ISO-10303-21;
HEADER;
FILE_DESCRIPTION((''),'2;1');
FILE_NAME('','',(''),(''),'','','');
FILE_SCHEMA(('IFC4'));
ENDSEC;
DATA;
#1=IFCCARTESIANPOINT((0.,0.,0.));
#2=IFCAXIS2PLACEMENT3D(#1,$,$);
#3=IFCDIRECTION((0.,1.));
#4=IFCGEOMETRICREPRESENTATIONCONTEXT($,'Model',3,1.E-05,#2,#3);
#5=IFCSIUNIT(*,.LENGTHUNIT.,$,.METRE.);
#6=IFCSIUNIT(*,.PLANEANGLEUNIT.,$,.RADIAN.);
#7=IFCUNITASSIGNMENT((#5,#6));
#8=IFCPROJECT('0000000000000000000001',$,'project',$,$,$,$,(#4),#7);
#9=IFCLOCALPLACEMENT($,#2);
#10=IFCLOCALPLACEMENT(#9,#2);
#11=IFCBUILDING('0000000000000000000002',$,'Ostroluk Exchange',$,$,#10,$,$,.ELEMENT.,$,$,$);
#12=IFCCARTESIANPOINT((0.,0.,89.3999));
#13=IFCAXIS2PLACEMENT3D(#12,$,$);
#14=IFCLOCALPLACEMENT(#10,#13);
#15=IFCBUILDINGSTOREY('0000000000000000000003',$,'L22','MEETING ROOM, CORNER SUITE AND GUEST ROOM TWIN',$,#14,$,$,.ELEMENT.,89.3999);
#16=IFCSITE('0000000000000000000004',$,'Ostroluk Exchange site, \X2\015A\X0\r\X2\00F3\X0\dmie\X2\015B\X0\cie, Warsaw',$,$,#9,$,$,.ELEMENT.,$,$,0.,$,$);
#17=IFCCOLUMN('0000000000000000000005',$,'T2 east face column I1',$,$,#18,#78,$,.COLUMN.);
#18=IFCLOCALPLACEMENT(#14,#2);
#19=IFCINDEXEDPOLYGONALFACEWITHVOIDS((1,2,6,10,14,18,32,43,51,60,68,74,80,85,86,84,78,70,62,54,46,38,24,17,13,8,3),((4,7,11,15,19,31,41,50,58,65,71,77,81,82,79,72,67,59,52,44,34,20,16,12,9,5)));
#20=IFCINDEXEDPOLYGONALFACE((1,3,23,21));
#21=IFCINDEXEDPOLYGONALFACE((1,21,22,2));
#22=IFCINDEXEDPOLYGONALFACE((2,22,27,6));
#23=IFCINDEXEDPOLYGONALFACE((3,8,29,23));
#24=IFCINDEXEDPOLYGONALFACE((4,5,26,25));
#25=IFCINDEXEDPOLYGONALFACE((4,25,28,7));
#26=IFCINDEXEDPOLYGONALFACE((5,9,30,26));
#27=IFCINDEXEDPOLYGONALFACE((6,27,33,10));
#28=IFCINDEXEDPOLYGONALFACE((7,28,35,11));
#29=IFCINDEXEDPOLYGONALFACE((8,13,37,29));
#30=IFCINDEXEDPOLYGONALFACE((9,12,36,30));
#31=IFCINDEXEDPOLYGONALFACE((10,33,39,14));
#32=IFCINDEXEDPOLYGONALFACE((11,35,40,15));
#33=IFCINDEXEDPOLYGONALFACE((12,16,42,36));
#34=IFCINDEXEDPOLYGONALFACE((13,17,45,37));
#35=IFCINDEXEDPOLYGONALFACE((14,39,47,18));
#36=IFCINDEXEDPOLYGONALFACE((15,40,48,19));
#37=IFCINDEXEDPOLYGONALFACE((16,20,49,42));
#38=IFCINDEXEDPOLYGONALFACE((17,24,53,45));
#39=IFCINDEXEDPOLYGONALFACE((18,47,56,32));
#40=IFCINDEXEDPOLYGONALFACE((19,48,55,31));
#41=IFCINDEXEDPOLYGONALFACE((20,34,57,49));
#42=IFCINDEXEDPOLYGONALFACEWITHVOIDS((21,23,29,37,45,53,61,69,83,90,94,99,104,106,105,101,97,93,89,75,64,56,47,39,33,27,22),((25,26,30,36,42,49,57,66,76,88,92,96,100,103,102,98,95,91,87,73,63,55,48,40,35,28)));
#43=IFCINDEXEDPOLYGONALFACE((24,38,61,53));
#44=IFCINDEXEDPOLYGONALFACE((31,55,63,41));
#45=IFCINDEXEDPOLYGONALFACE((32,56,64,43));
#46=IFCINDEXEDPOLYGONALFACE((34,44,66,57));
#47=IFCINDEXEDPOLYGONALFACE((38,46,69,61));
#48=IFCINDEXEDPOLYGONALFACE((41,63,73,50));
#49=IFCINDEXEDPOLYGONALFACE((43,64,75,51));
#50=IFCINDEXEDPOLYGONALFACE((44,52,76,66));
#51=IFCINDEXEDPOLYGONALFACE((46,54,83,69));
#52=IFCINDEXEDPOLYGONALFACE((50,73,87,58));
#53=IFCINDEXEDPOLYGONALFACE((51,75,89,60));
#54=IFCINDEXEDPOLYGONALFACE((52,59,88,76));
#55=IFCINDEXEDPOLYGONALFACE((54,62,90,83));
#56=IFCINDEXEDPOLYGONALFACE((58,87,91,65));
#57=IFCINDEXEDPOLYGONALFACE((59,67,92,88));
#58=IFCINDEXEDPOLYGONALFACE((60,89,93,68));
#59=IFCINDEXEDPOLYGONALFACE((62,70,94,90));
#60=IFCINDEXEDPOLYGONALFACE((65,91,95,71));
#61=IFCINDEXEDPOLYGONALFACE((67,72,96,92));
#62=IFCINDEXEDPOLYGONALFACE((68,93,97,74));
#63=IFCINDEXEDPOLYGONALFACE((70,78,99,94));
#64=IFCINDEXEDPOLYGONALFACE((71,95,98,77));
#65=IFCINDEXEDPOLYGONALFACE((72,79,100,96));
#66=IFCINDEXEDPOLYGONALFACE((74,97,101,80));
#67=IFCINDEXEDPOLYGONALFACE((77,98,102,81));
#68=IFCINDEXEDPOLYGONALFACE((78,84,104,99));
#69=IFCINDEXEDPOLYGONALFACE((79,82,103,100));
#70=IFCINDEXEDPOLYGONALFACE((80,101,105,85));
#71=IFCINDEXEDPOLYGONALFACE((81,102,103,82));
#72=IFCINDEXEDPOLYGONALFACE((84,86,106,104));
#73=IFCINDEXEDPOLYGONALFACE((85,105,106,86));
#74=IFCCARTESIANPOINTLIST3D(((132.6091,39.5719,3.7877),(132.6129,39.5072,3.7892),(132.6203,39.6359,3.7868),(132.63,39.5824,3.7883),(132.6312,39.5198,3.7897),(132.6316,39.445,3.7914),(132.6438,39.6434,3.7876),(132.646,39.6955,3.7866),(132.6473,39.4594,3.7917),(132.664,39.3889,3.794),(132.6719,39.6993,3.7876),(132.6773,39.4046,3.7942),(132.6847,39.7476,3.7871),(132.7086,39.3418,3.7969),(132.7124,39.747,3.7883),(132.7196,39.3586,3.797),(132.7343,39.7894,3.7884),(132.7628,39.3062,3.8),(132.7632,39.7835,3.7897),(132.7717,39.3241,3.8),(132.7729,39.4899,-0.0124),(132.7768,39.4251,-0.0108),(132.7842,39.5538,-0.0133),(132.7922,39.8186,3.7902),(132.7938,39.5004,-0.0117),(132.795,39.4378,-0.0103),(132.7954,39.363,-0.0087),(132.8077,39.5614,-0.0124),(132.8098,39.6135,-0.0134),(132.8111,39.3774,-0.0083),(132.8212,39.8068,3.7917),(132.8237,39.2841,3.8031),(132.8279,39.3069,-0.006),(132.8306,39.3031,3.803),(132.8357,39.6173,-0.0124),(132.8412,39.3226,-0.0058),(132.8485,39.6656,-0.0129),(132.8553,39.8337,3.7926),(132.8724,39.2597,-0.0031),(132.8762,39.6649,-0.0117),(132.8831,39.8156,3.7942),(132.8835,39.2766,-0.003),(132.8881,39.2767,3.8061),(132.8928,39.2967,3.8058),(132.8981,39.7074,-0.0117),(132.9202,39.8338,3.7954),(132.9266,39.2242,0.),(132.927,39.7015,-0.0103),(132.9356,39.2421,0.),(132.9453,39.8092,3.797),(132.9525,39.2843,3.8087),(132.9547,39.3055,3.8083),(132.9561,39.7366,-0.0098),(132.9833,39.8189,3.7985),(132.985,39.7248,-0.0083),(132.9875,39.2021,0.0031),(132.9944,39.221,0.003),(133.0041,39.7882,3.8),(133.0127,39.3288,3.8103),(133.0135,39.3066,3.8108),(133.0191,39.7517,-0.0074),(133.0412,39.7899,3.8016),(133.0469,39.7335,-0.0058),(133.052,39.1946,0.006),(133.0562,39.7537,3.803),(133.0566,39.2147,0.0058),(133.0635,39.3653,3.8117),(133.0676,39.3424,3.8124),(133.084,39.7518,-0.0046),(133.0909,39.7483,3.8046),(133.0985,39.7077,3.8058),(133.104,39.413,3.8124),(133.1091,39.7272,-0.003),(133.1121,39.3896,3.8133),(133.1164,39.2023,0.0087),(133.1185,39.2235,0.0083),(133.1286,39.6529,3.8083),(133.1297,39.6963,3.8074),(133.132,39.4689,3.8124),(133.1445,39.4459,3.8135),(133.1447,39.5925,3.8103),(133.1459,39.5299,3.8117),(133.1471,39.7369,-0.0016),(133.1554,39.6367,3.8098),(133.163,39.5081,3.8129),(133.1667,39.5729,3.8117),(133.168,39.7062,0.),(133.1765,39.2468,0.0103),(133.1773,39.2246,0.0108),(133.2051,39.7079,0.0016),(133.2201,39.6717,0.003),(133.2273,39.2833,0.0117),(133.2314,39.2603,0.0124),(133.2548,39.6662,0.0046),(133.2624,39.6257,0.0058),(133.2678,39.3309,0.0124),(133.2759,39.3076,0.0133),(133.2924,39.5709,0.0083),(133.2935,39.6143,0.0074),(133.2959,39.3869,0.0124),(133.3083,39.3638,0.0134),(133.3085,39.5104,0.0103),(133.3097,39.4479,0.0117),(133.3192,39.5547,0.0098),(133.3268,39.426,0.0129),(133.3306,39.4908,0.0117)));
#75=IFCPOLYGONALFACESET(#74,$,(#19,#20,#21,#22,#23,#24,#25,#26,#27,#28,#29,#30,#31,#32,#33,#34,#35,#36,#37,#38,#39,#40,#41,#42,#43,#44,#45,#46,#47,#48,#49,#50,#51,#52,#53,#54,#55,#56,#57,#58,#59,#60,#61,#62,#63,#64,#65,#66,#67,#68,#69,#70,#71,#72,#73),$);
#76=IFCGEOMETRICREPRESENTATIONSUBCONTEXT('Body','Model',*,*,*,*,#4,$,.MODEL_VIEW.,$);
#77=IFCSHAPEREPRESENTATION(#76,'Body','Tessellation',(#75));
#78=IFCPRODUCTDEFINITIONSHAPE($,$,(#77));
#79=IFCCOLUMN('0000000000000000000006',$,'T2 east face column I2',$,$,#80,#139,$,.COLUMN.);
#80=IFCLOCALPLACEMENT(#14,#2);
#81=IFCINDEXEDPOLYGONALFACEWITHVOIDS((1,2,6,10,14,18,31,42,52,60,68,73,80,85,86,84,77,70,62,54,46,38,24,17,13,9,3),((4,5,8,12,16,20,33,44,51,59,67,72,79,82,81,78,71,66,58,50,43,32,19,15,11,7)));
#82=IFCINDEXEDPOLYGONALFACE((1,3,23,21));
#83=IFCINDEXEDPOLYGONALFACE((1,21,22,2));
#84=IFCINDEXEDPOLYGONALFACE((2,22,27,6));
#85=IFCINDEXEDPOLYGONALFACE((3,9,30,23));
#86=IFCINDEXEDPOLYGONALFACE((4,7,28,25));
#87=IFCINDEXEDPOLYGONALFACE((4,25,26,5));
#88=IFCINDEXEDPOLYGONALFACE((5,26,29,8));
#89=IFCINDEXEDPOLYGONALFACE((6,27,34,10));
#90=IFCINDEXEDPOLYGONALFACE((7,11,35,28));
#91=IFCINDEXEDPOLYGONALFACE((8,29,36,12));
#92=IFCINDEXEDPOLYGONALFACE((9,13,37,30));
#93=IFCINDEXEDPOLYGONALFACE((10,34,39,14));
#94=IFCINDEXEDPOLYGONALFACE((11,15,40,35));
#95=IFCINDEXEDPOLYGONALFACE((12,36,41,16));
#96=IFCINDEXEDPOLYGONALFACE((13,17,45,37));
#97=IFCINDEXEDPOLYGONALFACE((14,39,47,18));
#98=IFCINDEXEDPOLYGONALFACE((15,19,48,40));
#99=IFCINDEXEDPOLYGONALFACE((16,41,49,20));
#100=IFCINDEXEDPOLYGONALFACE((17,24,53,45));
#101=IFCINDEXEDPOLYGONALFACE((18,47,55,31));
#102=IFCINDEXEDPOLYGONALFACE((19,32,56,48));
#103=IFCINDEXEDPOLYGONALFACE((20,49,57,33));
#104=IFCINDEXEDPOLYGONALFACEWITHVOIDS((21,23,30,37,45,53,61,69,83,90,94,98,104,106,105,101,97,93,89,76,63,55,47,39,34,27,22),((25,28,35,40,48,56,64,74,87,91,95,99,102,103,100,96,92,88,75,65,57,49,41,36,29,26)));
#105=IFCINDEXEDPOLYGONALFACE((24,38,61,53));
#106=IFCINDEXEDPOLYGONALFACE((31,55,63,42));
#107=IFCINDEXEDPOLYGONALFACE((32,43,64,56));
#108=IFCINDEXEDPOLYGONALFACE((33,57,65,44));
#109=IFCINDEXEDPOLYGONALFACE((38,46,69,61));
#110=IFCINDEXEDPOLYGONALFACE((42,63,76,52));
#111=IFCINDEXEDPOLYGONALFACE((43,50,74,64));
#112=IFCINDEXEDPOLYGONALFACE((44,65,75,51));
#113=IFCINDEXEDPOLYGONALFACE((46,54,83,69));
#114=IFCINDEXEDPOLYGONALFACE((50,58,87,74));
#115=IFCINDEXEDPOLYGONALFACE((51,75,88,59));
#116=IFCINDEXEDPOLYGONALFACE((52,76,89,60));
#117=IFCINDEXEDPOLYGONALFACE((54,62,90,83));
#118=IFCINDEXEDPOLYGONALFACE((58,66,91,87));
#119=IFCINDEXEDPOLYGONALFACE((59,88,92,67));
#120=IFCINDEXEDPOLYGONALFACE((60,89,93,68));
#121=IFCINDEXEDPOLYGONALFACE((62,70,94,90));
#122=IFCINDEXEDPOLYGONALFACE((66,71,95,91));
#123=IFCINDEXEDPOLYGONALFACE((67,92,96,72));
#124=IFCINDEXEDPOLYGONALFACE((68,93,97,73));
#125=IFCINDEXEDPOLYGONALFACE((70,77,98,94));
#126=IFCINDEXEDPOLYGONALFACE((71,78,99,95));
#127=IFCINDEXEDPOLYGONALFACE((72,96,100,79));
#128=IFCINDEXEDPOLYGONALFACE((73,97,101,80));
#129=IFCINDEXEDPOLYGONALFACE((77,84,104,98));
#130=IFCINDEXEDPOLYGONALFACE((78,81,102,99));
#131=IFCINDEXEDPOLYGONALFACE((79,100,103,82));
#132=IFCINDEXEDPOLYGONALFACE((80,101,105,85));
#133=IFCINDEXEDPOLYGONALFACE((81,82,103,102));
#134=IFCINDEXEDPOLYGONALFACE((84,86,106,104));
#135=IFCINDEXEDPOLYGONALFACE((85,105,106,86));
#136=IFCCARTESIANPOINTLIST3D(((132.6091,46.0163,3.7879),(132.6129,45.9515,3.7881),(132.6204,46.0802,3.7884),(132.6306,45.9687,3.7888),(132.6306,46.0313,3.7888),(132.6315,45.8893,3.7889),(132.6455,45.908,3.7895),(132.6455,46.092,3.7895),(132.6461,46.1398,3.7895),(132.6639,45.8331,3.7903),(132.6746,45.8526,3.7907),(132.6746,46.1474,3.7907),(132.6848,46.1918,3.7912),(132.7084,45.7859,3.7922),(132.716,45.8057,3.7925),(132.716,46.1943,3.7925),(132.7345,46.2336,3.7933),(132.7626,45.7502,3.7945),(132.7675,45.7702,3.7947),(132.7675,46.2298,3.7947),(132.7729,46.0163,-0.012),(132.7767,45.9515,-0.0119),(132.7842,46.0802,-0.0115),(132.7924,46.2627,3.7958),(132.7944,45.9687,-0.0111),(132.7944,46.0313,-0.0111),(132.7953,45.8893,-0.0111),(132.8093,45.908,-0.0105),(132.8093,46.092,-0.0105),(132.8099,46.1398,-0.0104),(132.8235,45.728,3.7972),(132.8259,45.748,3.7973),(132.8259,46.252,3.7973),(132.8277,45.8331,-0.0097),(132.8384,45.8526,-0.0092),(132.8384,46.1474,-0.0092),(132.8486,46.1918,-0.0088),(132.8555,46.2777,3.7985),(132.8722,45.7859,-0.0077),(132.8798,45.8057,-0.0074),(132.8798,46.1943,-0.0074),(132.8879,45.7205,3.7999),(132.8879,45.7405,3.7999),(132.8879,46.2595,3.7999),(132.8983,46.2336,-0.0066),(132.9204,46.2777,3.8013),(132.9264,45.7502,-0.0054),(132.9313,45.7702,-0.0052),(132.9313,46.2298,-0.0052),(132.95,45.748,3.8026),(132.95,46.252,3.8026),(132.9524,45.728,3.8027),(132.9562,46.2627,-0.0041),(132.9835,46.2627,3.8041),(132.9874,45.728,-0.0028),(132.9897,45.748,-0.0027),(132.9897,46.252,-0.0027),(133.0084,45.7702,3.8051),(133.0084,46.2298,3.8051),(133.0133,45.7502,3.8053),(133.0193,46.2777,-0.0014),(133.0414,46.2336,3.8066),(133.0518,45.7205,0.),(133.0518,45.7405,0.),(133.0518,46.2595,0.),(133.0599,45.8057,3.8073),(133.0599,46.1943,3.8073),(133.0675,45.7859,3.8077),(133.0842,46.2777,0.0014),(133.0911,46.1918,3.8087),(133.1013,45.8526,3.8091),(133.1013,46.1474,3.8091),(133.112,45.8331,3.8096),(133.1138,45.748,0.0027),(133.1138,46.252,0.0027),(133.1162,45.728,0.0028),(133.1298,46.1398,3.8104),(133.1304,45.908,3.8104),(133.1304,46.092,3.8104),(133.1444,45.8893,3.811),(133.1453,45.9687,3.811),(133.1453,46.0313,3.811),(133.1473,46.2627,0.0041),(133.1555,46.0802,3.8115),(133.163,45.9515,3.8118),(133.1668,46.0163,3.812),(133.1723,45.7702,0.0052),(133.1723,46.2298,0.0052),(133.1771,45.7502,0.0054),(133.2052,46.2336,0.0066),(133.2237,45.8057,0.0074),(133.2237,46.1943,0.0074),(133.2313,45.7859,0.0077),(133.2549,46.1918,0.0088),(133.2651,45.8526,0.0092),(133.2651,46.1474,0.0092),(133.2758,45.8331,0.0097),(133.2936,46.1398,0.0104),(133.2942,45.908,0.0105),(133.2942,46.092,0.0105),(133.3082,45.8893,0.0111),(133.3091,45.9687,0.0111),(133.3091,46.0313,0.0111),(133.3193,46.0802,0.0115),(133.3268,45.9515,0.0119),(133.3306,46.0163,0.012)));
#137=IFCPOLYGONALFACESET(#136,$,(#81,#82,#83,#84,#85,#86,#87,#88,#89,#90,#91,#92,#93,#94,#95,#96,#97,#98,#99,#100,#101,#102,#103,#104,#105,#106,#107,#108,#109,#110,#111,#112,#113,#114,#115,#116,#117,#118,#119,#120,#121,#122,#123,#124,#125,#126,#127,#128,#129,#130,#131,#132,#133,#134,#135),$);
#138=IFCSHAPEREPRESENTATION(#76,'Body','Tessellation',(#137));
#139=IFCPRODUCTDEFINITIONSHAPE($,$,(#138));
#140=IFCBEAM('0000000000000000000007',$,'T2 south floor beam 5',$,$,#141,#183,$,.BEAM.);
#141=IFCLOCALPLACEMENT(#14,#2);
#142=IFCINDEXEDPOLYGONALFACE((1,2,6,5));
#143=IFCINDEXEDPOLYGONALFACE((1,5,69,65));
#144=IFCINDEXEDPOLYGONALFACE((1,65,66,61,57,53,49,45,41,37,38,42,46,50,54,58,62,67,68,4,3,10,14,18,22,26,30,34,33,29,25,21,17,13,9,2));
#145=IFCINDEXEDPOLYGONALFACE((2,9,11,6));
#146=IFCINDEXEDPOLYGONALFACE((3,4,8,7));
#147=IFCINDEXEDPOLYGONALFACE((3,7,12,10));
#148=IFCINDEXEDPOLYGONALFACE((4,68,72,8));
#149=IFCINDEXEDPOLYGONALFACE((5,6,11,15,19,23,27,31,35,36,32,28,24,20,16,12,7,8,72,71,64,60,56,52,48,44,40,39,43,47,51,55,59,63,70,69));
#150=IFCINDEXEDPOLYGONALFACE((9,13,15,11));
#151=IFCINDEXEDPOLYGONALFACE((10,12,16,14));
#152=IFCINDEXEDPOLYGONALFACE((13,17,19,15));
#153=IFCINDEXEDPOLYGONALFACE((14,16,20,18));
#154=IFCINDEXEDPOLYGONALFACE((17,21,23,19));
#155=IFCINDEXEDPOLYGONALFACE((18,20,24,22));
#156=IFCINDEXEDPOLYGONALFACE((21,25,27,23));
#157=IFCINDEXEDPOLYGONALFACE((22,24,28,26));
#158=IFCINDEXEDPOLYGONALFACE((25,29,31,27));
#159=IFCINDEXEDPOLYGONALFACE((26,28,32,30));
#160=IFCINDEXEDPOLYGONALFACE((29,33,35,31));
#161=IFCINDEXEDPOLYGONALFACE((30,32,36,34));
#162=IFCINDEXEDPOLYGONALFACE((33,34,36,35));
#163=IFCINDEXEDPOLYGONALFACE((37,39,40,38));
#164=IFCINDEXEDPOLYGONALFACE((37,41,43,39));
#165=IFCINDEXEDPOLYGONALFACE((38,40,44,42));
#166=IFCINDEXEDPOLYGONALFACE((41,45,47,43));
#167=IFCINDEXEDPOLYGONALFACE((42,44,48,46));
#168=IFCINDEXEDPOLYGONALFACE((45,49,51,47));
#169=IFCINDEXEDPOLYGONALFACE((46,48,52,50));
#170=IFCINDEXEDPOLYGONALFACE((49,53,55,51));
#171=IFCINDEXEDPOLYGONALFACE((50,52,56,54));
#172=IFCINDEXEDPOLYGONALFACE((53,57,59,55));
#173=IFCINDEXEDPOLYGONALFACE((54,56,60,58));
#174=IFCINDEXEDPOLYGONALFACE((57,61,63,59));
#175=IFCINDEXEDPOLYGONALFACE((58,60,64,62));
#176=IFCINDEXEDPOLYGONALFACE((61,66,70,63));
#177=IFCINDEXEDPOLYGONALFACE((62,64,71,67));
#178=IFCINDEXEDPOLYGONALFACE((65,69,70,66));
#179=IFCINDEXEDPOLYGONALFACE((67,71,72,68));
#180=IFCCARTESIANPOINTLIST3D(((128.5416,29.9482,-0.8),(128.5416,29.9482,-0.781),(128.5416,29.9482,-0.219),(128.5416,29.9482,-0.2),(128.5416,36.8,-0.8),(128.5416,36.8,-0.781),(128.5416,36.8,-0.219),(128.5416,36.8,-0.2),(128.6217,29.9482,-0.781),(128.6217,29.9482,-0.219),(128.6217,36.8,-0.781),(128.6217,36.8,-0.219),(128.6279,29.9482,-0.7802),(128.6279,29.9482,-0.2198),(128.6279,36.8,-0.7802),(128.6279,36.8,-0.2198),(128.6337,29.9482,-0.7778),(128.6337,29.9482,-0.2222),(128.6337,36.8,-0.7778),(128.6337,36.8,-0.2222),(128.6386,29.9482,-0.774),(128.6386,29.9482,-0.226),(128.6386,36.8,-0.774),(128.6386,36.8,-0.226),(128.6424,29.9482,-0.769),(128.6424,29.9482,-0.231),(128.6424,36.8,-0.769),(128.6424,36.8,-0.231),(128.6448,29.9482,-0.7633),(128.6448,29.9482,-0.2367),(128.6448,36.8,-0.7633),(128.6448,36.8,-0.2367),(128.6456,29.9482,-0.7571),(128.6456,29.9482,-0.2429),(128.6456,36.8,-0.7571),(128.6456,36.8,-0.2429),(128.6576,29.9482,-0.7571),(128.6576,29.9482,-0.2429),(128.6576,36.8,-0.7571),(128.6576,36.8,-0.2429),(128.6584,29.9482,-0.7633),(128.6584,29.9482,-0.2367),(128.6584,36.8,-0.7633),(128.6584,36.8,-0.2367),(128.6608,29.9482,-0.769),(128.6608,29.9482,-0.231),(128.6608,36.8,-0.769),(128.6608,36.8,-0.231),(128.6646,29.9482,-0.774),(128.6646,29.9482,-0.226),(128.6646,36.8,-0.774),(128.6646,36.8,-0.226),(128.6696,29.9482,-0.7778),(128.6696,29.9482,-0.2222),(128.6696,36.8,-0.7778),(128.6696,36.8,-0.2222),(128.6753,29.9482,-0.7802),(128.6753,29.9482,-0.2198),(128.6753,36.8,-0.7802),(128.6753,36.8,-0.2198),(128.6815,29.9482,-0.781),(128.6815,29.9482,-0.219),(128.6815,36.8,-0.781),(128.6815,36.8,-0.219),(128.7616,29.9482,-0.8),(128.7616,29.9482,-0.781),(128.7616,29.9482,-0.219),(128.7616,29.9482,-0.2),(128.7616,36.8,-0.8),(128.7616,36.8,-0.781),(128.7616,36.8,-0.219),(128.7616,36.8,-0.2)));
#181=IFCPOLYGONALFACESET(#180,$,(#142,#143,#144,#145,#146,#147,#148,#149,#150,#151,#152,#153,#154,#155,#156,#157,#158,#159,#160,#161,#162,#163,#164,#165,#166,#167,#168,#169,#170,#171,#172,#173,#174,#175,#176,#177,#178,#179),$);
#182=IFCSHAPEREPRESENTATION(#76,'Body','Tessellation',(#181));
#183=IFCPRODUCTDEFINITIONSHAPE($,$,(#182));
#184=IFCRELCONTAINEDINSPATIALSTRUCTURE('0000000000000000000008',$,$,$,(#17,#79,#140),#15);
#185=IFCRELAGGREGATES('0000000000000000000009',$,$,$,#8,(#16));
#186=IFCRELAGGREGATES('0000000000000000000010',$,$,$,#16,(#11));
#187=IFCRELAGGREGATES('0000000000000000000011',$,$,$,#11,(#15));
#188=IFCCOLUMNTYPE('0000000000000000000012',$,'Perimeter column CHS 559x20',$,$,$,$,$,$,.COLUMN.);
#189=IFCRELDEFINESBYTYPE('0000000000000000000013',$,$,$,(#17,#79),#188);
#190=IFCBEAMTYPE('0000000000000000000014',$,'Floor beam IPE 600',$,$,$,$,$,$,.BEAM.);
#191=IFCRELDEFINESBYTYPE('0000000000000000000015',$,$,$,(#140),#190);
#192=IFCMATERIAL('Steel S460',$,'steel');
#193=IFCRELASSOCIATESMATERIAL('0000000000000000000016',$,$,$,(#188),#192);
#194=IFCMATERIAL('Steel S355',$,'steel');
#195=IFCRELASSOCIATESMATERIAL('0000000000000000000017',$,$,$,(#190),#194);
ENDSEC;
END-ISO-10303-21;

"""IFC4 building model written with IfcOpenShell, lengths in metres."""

from ifc_helpers import new_model, si_unit, direction, frame, origin, origin_2d, place, context, subcontext, project, spatial, hollow_circle, i_section, extrude, material, material_profile, profile_set, type_object, element, save


model = new_model("IFC4")

# Units and contexts
model_context = context("Model", 3, precision=1e-05, world=origin(), true_north=direction((0.0, 1.0)))
body_context = subcontext(model_context, "Body", "Model", "MODEL_VIEW")
ifc_project = project(units=[si_unit("LENGTHUNIT", "METRE"), si_unit("PLANEANGLEUNIT", "RADIAN")], contexts=[model_context])

# Site, building, storey
site_placement = place(None, origin())
site = spatial("IfcSite", under=ifc_project, at=site_placement, Name="Ostroluk Exchange site, Śródmieście, Warsaw", CompositionType="ELEMENT", RefElevation=0.0)
building_placement = place(site_placement, origin())
building = spatial("IfcBuilding", under=site, at=building_placement, Name="Ostroluk Exchange", CompositionType="ELEMENT")
storey_placement = place(building_placement, frame((0.0, 0.0, 89.3999)))
storey = spatial("IfcBuildingStorey", under=building, at=storey_placement, Name="L22", Description="MEETING ROOM, CORNER SUITE AND GUEST ROOM TWIN", CompositionType="ELEMENT", Elevation=89.3999)

# Columns
ifc_material_1 = material(Name="Steel S460", Category="steel")
ifc_material_profile_1 = material_profile(ifc_material_1, hollow_circle(Radius=0.2795, WallThickness=0.02, at=origin_2d()), Name="CHS 559x20")
ifc_profile_set_1 = profile_set([ifc_material_profile_1], Name="Steel S460")
column_type = type_object("IfcColumnType", Name="Perimeter column CHS 559x20", PredefinedType="COLUMN", material=ifc_profile_set_1)
column_1_placement = place(storey_placement, frame((133.0518, 39.4741, 0.0), z_axis=(-0.04306, 0.021562, 0.99884), x_axis=(-0.447747, -0.894161, 0.0)))
element("IfcColumn", 1, at=column_1_placement, inside=storey, type_object=column_type, Name="T2 east face column I1", PredefinedType="COLUMN", context=body_context, shape_type="SweptSolid", body=[
    extrude(hollow_circle(Radius=0.2795, WallThickness=0.02, at=origin_2d()), origin(), (0.0, 0.0, 1.0), 3.8044),
])
column_2_placement = place(storey_placement, frame((133.0518, 46.0, 0.0), z_axis=(-0.04307, 0.0, 0.999072), x_axis=(0.0, -1.0, 0.0)))
element("IfcColumn", 2, at=column_2_placement, inside=storey, type_object=column_type, Name="T2 east face column I2", PredefinedType="COLUMN", context=body_context, shape_type="SweptSolid", body=[
    extrude(hollow_circle(Radius=0.2795, WallThickness=0.02, at=origin_2d()), origin(), (0.0, 0.0, 1.0), 3.8035),
])

# Beam
ifc_material_2 = material(Name="Steel S355", Category="steel")
ifc_material_profile_2 = material_profile(ifc_material_2, i_section(OverallWidth=0.22, OverallDepth=0.6001, WebThickness=0.012, FlangeThickness=0.019, FilletRadius=0.0239, at=origin_2d()), Name="IPE 600")
ifc_profile_set_2 = profile_set([ifc_material_profile_2], Name="Steel S355")
beam_type_1 = type_object("IfcBeamType", Name="Floor beam IPE 600", PredefinedType="BEAM", material=ifc_profile_set_2)
beam_1_placement = place(storey_placement, frame((128.6516, 36.8, -0.5), z_axis=(0.0, -1.0, 0.0), x_axis=(1.0, 0.0, 0.0)))
element("IfcBeam", 3, at=beam_1_placement, inside=storey, type_object=beam_type_1, Name="T2 south floor beam 5", PredefinedType="BEAM", context=body_context, shape_type="SweptSolid", body=[
    extrude(i_section(OverallWidth=0.22, OverallDepth=0.6001, WebThickness=0.012, FlangeThickness=0.019, FilletRadius=0.0239, at=origin_2d()), origin(), (0.0, 0.0, 1.0), 6.8518),
])

save(model, "model.ifc")
